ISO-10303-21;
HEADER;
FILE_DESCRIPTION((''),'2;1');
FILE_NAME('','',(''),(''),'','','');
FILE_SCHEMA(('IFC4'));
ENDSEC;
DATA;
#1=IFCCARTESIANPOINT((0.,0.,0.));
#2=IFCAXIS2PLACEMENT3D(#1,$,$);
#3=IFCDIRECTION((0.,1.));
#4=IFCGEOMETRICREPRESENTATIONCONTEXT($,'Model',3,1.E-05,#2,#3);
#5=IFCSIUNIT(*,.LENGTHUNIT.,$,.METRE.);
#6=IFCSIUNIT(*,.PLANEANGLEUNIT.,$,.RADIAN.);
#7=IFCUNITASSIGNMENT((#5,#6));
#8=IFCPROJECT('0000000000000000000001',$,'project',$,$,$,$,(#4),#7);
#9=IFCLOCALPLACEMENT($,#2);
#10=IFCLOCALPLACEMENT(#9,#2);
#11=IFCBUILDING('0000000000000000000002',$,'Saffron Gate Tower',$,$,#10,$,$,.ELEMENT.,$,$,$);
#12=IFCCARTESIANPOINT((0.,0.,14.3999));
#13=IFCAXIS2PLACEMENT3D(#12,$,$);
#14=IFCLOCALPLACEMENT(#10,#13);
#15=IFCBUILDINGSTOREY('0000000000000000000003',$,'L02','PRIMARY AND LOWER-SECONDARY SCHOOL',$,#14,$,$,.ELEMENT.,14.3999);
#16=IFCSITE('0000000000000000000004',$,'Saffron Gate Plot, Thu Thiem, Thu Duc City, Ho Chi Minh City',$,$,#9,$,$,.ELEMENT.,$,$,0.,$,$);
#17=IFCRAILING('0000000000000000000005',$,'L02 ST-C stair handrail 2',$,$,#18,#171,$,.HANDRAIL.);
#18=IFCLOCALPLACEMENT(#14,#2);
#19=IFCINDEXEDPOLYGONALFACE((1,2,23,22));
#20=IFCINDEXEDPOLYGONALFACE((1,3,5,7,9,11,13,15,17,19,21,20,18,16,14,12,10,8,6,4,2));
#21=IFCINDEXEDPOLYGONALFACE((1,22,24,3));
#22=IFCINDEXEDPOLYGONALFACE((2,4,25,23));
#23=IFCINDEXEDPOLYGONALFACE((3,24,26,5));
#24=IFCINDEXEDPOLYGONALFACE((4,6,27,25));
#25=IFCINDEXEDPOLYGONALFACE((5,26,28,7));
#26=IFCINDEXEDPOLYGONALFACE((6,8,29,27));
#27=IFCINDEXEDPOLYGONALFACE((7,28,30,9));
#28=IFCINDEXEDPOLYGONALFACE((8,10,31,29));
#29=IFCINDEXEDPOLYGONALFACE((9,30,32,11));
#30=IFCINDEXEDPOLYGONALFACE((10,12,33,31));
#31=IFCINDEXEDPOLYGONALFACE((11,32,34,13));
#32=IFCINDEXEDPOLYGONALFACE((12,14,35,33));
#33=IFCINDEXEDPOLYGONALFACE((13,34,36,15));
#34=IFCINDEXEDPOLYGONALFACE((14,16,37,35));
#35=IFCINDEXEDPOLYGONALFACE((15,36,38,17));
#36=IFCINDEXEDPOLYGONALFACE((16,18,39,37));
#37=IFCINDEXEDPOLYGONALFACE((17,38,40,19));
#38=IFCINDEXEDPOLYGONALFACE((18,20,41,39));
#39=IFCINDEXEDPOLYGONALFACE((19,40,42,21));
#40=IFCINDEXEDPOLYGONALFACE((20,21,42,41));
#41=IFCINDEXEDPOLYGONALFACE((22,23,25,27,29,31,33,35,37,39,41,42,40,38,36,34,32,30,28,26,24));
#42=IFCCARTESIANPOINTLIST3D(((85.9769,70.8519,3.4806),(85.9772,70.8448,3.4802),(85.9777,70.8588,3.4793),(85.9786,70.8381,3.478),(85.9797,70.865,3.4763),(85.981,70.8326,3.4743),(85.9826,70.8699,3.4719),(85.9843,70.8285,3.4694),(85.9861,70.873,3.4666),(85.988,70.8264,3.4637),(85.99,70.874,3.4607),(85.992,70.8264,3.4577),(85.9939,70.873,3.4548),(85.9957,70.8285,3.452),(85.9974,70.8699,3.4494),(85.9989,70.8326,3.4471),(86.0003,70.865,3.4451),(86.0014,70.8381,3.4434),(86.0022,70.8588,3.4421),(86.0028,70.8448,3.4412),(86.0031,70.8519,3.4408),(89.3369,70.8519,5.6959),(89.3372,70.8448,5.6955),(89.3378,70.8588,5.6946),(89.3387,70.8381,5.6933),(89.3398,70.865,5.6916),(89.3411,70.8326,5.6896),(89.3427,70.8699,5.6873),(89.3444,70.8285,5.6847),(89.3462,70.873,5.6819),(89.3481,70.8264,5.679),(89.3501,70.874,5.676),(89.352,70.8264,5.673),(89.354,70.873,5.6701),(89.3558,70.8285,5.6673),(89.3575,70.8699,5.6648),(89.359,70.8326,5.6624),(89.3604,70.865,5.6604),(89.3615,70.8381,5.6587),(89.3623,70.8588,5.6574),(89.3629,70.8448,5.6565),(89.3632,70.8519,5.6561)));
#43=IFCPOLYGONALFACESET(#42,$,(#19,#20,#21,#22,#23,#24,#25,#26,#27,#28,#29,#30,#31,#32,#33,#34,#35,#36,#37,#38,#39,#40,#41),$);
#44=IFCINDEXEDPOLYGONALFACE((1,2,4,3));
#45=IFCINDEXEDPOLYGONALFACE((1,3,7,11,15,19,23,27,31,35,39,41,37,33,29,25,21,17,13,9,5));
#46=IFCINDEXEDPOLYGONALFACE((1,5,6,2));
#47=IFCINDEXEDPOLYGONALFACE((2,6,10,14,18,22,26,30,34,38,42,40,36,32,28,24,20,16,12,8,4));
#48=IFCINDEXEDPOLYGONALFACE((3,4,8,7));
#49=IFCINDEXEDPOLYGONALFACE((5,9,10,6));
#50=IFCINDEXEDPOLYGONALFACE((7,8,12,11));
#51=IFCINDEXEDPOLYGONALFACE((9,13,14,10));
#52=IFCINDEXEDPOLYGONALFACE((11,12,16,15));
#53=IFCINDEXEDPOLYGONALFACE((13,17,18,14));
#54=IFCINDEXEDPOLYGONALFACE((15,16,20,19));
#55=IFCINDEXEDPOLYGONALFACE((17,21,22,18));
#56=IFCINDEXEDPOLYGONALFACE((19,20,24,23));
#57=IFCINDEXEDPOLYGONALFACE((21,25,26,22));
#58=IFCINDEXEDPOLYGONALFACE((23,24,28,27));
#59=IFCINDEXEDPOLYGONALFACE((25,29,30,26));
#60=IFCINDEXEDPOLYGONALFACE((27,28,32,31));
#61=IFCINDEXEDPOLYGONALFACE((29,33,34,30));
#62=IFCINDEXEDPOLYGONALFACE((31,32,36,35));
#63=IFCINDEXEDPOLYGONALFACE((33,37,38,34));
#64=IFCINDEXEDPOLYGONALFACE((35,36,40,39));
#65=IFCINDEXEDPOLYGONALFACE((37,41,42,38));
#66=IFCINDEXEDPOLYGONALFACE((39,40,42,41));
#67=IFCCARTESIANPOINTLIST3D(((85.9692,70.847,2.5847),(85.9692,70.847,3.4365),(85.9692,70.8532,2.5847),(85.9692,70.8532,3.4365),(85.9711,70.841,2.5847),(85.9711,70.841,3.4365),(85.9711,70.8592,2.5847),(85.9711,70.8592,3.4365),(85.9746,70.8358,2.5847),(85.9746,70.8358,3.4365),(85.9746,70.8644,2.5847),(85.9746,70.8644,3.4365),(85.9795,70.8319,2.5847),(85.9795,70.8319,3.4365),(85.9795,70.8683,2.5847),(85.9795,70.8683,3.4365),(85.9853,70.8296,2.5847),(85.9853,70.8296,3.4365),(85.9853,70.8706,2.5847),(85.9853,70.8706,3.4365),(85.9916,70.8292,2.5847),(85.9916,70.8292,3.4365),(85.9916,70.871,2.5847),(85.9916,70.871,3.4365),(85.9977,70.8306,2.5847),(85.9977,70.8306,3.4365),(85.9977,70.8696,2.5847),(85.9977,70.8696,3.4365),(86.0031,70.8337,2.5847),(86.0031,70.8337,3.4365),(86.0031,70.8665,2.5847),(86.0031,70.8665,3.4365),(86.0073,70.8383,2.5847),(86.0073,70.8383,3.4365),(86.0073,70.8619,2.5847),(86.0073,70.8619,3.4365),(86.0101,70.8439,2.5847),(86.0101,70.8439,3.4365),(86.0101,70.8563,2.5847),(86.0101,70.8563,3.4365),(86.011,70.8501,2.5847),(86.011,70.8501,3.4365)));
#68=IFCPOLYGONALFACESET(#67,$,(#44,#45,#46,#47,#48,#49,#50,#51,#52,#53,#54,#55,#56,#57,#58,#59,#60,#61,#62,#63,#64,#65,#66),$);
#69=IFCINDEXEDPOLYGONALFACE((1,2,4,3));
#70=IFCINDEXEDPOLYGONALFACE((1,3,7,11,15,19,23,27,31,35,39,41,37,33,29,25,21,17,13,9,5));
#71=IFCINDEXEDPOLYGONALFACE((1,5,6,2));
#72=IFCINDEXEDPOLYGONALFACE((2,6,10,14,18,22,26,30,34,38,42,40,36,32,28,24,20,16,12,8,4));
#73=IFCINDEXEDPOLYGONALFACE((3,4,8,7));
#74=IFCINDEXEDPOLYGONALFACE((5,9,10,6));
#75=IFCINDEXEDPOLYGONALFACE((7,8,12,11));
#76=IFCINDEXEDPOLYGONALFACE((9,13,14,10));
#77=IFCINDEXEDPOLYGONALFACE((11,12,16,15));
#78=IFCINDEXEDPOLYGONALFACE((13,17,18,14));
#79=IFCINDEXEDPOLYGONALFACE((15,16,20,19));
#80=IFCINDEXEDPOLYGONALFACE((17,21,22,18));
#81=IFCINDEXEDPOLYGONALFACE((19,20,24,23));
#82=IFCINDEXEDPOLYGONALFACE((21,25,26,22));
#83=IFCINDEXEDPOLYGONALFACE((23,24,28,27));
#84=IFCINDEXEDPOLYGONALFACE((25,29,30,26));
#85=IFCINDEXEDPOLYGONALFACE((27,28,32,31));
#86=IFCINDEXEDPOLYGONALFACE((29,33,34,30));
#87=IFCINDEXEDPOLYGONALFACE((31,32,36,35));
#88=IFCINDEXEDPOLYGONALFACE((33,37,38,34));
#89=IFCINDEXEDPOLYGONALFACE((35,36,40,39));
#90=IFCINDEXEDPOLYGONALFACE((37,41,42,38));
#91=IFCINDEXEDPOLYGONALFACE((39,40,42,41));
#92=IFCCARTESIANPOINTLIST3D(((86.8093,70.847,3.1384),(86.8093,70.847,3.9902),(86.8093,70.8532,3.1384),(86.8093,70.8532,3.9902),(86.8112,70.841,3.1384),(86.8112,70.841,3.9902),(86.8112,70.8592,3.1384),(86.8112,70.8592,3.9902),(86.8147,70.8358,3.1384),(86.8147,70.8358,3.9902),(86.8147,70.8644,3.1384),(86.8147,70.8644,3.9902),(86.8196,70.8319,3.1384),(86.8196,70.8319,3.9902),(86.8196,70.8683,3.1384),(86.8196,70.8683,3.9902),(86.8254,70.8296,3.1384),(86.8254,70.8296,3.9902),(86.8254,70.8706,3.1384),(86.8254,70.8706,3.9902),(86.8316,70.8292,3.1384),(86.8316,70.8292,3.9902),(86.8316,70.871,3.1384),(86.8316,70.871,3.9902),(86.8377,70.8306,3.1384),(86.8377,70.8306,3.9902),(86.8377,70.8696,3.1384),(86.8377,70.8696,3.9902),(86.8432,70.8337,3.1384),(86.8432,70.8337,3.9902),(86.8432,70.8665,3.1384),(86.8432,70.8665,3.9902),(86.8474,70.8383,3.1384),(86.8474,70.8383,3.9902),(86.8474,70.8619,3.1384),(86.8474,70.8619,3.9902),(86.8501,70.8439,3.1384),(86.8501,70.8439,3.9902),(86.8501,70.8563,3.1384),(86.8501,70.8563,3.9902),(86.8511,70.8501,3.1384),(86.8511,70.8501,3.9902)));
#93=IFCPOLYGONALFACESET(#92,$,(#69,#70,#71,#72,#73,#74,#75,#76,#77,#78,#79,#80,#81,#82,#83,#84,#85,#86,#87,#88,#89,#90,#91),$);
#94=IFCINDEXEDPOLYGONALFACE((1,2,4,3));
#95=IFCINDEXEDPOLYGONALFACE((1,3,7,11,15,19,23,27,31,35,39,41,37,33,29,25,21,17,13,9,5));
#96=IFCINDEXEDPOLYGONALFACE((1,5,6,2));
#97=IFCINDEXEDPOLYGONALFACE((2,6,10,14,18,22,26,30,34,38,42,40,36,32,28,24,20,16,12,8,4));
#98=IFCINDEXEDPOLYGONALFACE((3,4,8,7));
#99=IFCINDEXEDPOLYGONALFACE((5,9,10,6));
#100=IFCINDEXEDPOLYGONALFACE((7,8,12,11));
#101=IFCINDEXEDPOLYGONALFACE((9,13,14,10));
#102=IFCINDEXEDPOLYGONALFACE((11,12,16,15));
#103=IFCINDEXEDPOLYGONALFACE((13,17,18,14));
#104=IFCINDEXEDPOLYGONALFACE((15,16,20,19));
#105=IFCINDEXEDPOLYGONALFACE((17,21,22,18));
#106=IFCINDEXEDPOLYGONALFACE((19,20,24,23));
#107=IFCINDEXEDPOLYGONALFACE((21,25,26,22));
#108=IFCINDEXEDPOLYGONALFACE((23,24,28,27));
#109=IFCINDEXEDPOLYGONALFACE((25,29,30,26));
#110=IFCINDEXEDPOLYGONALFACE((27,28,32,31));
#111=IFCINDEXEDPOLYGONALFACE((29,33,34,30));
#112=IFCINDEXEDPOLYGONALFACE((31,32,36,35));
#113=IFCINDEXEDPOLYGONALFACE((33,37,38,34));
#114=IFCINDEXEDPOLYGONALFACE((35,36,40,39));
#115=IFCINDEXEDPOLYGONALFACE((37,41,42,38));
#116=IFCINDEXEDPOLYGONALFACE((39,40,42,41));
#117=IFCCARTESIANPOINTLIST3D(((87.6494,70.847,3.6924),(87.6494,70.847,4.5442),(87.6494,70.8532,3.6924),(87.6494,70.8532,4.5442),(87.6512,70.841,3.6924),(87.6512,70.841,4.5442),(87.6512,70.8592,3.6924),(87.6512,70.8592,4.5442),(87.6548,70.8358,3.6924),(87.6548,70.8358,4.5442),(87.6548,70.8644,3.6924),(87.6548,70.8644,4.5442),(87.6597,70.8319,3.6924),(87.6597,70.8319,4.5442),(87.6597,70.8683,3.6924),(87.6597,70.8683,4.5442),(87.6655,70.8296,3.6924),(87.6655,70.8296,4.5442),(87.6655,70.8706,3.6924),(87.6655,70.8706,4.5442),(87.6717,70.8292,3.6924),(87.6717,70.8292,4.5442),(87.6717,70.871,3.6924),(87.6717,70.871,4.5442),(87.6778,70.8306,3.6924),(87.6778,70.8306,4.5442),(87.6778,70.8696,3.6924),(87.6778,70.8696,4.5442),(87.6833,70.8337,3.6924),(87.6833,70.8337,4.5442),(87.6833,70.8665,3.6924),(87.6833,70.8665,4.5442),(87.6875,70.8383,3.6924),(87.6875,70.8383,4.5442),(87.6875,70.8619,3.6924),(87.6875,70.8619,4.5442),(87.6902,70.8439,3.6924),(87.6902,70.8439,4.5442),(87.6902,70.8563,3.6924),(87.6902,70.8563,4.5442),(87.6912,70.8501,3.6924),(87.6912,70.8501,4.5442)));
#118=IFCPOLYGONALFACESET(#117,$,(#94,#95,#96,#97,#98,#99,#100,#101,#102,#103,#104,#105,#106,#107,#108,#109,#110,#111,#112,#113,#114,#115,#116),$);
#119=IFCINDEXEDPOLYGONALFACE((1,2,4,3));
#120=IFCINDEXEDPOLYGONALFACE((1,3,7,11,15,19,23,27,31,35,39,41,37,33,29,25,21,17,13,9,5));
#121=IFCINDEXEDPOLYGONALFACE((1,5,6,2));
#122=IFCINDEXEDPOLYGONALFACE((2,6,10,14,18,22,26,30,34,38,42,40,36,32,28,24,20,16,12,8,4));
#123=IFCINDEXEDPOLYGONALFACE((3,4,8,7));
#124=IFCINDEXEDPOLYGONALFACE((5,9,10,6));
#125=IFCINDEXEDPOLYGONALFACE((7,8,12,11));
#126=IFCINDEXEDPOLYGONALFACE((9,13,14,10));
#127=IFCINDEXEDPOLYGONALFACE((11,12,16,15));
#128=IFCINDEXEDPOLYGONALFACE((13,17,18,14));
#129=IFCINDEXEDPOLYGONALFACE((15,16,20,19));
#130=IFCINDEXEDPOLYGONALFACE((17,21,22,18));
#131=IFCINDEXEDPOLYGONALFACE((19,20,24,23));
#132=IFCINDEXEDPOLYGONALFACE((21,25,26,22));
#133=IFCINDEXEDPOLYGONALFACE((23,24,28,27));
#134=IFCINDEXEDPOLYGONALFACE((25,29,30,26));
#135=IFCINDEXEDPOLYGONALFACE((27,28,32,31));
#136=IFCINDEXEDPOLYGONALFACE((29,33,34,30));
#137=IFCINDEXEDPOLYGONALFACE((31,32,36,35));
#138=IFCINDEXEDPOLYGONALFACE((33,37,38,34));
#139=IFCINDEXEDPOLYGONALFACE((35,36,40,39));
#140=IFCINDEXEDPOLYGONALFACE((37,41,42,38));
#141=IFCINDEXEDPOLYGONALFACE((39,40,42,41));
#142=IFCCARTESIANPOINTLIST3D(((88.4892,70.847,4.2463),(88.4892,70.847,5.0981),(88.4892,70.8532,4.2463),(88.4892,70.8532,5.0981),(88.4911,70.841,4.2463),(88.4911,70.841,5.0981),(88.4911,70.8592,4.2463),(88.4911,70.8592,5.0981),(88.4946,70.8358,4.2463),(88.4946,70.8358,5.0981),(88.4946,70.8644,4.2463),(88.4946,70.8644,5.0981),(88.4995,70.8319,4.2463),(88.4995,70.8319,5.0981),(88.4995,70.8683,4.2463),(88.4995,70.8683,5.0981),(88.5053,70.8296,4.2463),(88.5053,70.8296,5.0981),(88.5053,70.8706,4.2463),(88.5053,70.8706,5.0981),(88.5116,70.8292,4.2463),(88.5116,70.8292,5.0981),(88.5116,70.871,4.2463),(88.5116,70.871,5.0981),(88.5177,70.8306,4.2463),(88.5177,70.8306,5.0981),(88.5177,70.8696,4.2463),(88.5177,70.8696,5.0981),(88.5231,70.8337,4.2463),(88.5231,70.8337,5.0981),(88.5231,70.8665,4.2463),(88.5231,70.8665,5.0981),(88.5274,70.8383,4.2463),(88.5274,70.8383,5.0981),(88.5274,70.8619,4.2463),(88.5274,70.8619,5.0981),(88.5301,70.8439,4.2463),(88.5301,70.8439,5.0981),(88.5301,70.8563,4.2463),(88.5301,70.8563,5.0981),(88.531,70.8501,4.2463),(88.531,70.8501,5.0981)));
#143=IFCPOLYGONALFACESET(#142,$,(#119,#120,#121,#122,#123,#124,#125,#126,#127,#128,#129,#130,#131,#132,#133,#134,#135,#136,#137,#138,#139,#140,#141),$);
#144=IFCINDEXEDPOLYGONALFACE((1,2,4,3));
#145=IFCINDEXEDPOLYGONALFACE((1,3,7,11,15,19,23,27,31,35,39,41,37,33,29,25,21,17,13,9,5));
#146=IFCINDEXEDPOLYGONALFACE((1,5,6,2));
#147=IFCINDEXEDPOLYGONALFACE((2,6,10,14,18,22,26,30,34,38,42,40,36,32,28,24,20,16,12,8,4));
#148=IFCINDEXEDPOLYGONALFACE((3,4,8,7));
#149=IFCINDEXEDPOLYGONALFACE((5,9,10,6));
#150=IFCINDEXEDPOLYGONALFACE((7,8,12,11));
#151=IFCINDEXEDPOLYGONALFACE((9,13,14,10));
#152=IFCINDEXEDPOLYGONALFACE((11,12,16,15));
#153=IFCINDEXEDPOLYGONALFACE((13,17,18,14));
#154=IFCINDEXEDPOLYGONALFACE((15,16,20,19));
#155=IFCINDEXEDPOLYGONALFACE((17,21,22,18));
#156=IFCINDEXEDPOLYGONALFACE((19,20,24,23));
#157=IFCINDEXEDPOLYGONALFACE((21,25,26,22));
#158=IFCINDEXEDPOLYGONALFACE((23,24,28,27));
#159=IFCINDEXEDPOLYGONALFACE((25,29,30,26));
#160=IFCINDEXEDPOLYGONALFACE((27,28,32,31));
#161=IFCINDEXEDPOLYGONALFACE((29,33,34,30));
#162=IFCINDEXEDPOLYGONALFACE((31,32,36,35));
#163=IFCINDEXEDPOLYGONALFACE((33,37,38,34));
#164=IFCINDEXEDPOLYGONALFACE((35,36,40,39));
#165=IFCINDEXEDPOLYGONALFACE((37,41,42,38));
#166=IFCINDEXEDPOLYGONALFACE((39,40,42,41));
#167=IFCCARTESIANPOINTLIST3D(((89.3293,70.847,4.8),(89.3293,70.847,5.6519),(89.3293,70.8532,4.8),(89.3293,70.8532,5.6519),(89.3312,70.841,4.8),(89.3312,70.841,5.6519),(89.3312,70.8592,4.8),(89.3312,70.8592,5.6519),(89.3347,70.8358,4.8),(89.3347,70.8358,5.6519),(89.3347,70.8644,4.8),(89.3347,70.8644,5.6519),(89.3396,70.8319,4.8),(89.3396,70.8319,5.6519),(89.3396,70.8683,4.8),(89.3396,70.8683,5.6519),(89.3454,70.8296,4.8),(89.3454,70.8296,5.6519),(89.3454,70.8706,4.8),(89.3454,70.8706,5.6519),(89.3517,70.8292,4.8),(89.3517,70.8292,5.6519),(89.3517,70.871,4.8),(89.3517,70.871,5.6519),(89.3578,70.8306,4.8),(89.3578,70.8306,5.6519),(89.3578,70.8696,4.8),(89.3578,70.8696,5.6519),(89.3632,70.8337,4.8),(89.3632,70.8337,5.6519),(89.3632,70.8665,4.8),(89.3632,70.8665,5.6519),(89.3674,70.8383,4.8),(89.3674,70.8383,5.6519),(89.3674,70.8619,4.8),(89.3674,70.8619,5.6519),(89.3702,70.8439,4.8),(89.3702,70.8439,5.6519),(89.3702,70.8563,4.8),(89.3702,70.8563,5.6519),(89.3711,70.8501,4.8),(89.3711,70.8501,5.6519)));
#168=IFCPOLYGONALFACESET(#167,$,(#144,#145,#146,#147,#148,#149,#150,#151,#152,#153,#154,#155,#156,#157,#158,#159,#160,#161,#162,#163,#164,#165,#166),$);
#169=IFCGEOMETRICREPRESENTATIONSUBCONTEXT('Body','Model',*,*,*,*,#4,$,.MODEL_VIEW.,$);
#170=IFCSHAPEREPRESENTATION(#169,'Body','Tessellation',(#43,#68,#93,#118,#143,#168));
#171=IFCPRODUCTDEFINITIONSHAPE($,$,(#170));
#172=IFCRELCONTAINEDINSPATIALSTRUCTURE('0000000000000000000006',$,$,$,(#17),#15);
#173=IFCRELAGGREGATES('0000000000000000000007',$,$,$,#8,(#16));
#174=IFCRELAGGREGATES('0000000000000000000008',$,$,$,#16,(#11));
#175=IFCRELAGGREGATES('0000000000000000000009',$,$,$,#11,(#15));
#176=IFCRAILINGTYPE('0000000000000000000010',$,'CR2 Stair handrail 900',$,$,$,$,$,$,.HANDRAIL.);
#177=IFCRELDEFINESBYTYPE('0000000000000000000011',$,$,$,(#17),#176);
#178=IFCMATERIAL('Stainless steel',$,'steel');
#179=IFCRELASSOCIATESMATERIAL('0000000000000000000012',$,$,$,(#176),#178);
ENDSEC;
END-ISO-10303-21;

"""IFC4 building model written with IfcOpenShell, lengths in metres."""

from ifc_helpers import new_model, si_unit, direction, frame, origin, origin_2d, place, context, subcontext, project, spatial, circle, extrude, material, type_object, element, save


model = new_model("IFC4")

# Units and contexts
model_context = context("Model", 3, precision=1e-05, world=origin(), true_north=direction((0.0, 1.0)))
body_context = subcontext(model_context, "Body", "Model", "MODEL_VIEW")
ifc_project = project(units=[si_unit("LENGTHUNIT", "METRE"), si_unit("PLANEANGLEUNIT", "RADIAN")], contexts=[model_context])

# Site, building, storey
site_placement = place(None, origin())
site = spatial("IfcSite", under=ifc_project, at=site_placement, Name="Saffron Gate Plot, Thu Thiem, Thu Duc City, Ho Chi Minh City", CompositionType="ELEMENT", RefElevation=0.0)
building_placement = place(site_placement, origin())
building = spatial("IfcBuilding", under=site, at=building_placement, Name="Saffron Gate Tower", CompositionType="ELEMENT")
storey_placement = place(building_placement, frame((0.0, 0.0, 14.3999)))
storey = spatial("IfcBuildingStorey", under=building, at=storey_placement, Name="L02", Description="PRIMARY AND LOWER-SECONDARY SCHOOL", CompositionType="ELEMENT", Elevation=14.3999)

# Railing
ifc_material_1 = material(Name="Stainless steel", Category="steel")
railing_type_1 = type_object("IfcRailingType", Name="CR2 Stair handrail 900", PredefinedType="HANDRAIL", material=ifc_material_1)
railing_1_placement = place(storey_placement, frame((85.99, 70.8501, 2.5847)))
element("IfcRailing", 1, at=railing_1_placement, inside=storey, type_object=railing_type_1, Name="L02 ST-C stair handrail 2", PredefinedType="HANDRAIL", context=body_context, shape_type="SweptSolid", body=[
    extrude(circle(Radius=0.0239, at=origin_2d()), frame((0.0, 0.0, 0.876), z_axis=(0.834876, 0.0, 0.550437), x_axis=(0.0, 1.0, 0.0)), (0.0, 0.0, 1.0), 4.0247),
    extrude(circle(Radius=0.021, at=origin_2d()), origin(), (0.0, 0.0, 1.0), 0.8518),
    extrude(circle(Radius=0.021, at=origin_2d()), frame((0.8401, 0.0, 0.5537)), (0.0, 0.0, 1.0), 0.8518),
    extrude(circle(Radius=0.021, at=origin_2d()), frame((1.6802, 0.0, 1.1077)), (0.0, 0.0, 1.0), 0.8518),
    extrude(circle(Radius=0.021, at=origin_2d()), frame((2.52, 0.0, 1.6616)), (0.0, 0.0, 1.0), 0.8518),
    extrude(circle(Radius=0.021, at=origin_2d()), frame((3.3601, 0.0, 2.2153)), (0.0, 0.0, 1.0), 0.8518),
])

save(model, "model.ifc")
